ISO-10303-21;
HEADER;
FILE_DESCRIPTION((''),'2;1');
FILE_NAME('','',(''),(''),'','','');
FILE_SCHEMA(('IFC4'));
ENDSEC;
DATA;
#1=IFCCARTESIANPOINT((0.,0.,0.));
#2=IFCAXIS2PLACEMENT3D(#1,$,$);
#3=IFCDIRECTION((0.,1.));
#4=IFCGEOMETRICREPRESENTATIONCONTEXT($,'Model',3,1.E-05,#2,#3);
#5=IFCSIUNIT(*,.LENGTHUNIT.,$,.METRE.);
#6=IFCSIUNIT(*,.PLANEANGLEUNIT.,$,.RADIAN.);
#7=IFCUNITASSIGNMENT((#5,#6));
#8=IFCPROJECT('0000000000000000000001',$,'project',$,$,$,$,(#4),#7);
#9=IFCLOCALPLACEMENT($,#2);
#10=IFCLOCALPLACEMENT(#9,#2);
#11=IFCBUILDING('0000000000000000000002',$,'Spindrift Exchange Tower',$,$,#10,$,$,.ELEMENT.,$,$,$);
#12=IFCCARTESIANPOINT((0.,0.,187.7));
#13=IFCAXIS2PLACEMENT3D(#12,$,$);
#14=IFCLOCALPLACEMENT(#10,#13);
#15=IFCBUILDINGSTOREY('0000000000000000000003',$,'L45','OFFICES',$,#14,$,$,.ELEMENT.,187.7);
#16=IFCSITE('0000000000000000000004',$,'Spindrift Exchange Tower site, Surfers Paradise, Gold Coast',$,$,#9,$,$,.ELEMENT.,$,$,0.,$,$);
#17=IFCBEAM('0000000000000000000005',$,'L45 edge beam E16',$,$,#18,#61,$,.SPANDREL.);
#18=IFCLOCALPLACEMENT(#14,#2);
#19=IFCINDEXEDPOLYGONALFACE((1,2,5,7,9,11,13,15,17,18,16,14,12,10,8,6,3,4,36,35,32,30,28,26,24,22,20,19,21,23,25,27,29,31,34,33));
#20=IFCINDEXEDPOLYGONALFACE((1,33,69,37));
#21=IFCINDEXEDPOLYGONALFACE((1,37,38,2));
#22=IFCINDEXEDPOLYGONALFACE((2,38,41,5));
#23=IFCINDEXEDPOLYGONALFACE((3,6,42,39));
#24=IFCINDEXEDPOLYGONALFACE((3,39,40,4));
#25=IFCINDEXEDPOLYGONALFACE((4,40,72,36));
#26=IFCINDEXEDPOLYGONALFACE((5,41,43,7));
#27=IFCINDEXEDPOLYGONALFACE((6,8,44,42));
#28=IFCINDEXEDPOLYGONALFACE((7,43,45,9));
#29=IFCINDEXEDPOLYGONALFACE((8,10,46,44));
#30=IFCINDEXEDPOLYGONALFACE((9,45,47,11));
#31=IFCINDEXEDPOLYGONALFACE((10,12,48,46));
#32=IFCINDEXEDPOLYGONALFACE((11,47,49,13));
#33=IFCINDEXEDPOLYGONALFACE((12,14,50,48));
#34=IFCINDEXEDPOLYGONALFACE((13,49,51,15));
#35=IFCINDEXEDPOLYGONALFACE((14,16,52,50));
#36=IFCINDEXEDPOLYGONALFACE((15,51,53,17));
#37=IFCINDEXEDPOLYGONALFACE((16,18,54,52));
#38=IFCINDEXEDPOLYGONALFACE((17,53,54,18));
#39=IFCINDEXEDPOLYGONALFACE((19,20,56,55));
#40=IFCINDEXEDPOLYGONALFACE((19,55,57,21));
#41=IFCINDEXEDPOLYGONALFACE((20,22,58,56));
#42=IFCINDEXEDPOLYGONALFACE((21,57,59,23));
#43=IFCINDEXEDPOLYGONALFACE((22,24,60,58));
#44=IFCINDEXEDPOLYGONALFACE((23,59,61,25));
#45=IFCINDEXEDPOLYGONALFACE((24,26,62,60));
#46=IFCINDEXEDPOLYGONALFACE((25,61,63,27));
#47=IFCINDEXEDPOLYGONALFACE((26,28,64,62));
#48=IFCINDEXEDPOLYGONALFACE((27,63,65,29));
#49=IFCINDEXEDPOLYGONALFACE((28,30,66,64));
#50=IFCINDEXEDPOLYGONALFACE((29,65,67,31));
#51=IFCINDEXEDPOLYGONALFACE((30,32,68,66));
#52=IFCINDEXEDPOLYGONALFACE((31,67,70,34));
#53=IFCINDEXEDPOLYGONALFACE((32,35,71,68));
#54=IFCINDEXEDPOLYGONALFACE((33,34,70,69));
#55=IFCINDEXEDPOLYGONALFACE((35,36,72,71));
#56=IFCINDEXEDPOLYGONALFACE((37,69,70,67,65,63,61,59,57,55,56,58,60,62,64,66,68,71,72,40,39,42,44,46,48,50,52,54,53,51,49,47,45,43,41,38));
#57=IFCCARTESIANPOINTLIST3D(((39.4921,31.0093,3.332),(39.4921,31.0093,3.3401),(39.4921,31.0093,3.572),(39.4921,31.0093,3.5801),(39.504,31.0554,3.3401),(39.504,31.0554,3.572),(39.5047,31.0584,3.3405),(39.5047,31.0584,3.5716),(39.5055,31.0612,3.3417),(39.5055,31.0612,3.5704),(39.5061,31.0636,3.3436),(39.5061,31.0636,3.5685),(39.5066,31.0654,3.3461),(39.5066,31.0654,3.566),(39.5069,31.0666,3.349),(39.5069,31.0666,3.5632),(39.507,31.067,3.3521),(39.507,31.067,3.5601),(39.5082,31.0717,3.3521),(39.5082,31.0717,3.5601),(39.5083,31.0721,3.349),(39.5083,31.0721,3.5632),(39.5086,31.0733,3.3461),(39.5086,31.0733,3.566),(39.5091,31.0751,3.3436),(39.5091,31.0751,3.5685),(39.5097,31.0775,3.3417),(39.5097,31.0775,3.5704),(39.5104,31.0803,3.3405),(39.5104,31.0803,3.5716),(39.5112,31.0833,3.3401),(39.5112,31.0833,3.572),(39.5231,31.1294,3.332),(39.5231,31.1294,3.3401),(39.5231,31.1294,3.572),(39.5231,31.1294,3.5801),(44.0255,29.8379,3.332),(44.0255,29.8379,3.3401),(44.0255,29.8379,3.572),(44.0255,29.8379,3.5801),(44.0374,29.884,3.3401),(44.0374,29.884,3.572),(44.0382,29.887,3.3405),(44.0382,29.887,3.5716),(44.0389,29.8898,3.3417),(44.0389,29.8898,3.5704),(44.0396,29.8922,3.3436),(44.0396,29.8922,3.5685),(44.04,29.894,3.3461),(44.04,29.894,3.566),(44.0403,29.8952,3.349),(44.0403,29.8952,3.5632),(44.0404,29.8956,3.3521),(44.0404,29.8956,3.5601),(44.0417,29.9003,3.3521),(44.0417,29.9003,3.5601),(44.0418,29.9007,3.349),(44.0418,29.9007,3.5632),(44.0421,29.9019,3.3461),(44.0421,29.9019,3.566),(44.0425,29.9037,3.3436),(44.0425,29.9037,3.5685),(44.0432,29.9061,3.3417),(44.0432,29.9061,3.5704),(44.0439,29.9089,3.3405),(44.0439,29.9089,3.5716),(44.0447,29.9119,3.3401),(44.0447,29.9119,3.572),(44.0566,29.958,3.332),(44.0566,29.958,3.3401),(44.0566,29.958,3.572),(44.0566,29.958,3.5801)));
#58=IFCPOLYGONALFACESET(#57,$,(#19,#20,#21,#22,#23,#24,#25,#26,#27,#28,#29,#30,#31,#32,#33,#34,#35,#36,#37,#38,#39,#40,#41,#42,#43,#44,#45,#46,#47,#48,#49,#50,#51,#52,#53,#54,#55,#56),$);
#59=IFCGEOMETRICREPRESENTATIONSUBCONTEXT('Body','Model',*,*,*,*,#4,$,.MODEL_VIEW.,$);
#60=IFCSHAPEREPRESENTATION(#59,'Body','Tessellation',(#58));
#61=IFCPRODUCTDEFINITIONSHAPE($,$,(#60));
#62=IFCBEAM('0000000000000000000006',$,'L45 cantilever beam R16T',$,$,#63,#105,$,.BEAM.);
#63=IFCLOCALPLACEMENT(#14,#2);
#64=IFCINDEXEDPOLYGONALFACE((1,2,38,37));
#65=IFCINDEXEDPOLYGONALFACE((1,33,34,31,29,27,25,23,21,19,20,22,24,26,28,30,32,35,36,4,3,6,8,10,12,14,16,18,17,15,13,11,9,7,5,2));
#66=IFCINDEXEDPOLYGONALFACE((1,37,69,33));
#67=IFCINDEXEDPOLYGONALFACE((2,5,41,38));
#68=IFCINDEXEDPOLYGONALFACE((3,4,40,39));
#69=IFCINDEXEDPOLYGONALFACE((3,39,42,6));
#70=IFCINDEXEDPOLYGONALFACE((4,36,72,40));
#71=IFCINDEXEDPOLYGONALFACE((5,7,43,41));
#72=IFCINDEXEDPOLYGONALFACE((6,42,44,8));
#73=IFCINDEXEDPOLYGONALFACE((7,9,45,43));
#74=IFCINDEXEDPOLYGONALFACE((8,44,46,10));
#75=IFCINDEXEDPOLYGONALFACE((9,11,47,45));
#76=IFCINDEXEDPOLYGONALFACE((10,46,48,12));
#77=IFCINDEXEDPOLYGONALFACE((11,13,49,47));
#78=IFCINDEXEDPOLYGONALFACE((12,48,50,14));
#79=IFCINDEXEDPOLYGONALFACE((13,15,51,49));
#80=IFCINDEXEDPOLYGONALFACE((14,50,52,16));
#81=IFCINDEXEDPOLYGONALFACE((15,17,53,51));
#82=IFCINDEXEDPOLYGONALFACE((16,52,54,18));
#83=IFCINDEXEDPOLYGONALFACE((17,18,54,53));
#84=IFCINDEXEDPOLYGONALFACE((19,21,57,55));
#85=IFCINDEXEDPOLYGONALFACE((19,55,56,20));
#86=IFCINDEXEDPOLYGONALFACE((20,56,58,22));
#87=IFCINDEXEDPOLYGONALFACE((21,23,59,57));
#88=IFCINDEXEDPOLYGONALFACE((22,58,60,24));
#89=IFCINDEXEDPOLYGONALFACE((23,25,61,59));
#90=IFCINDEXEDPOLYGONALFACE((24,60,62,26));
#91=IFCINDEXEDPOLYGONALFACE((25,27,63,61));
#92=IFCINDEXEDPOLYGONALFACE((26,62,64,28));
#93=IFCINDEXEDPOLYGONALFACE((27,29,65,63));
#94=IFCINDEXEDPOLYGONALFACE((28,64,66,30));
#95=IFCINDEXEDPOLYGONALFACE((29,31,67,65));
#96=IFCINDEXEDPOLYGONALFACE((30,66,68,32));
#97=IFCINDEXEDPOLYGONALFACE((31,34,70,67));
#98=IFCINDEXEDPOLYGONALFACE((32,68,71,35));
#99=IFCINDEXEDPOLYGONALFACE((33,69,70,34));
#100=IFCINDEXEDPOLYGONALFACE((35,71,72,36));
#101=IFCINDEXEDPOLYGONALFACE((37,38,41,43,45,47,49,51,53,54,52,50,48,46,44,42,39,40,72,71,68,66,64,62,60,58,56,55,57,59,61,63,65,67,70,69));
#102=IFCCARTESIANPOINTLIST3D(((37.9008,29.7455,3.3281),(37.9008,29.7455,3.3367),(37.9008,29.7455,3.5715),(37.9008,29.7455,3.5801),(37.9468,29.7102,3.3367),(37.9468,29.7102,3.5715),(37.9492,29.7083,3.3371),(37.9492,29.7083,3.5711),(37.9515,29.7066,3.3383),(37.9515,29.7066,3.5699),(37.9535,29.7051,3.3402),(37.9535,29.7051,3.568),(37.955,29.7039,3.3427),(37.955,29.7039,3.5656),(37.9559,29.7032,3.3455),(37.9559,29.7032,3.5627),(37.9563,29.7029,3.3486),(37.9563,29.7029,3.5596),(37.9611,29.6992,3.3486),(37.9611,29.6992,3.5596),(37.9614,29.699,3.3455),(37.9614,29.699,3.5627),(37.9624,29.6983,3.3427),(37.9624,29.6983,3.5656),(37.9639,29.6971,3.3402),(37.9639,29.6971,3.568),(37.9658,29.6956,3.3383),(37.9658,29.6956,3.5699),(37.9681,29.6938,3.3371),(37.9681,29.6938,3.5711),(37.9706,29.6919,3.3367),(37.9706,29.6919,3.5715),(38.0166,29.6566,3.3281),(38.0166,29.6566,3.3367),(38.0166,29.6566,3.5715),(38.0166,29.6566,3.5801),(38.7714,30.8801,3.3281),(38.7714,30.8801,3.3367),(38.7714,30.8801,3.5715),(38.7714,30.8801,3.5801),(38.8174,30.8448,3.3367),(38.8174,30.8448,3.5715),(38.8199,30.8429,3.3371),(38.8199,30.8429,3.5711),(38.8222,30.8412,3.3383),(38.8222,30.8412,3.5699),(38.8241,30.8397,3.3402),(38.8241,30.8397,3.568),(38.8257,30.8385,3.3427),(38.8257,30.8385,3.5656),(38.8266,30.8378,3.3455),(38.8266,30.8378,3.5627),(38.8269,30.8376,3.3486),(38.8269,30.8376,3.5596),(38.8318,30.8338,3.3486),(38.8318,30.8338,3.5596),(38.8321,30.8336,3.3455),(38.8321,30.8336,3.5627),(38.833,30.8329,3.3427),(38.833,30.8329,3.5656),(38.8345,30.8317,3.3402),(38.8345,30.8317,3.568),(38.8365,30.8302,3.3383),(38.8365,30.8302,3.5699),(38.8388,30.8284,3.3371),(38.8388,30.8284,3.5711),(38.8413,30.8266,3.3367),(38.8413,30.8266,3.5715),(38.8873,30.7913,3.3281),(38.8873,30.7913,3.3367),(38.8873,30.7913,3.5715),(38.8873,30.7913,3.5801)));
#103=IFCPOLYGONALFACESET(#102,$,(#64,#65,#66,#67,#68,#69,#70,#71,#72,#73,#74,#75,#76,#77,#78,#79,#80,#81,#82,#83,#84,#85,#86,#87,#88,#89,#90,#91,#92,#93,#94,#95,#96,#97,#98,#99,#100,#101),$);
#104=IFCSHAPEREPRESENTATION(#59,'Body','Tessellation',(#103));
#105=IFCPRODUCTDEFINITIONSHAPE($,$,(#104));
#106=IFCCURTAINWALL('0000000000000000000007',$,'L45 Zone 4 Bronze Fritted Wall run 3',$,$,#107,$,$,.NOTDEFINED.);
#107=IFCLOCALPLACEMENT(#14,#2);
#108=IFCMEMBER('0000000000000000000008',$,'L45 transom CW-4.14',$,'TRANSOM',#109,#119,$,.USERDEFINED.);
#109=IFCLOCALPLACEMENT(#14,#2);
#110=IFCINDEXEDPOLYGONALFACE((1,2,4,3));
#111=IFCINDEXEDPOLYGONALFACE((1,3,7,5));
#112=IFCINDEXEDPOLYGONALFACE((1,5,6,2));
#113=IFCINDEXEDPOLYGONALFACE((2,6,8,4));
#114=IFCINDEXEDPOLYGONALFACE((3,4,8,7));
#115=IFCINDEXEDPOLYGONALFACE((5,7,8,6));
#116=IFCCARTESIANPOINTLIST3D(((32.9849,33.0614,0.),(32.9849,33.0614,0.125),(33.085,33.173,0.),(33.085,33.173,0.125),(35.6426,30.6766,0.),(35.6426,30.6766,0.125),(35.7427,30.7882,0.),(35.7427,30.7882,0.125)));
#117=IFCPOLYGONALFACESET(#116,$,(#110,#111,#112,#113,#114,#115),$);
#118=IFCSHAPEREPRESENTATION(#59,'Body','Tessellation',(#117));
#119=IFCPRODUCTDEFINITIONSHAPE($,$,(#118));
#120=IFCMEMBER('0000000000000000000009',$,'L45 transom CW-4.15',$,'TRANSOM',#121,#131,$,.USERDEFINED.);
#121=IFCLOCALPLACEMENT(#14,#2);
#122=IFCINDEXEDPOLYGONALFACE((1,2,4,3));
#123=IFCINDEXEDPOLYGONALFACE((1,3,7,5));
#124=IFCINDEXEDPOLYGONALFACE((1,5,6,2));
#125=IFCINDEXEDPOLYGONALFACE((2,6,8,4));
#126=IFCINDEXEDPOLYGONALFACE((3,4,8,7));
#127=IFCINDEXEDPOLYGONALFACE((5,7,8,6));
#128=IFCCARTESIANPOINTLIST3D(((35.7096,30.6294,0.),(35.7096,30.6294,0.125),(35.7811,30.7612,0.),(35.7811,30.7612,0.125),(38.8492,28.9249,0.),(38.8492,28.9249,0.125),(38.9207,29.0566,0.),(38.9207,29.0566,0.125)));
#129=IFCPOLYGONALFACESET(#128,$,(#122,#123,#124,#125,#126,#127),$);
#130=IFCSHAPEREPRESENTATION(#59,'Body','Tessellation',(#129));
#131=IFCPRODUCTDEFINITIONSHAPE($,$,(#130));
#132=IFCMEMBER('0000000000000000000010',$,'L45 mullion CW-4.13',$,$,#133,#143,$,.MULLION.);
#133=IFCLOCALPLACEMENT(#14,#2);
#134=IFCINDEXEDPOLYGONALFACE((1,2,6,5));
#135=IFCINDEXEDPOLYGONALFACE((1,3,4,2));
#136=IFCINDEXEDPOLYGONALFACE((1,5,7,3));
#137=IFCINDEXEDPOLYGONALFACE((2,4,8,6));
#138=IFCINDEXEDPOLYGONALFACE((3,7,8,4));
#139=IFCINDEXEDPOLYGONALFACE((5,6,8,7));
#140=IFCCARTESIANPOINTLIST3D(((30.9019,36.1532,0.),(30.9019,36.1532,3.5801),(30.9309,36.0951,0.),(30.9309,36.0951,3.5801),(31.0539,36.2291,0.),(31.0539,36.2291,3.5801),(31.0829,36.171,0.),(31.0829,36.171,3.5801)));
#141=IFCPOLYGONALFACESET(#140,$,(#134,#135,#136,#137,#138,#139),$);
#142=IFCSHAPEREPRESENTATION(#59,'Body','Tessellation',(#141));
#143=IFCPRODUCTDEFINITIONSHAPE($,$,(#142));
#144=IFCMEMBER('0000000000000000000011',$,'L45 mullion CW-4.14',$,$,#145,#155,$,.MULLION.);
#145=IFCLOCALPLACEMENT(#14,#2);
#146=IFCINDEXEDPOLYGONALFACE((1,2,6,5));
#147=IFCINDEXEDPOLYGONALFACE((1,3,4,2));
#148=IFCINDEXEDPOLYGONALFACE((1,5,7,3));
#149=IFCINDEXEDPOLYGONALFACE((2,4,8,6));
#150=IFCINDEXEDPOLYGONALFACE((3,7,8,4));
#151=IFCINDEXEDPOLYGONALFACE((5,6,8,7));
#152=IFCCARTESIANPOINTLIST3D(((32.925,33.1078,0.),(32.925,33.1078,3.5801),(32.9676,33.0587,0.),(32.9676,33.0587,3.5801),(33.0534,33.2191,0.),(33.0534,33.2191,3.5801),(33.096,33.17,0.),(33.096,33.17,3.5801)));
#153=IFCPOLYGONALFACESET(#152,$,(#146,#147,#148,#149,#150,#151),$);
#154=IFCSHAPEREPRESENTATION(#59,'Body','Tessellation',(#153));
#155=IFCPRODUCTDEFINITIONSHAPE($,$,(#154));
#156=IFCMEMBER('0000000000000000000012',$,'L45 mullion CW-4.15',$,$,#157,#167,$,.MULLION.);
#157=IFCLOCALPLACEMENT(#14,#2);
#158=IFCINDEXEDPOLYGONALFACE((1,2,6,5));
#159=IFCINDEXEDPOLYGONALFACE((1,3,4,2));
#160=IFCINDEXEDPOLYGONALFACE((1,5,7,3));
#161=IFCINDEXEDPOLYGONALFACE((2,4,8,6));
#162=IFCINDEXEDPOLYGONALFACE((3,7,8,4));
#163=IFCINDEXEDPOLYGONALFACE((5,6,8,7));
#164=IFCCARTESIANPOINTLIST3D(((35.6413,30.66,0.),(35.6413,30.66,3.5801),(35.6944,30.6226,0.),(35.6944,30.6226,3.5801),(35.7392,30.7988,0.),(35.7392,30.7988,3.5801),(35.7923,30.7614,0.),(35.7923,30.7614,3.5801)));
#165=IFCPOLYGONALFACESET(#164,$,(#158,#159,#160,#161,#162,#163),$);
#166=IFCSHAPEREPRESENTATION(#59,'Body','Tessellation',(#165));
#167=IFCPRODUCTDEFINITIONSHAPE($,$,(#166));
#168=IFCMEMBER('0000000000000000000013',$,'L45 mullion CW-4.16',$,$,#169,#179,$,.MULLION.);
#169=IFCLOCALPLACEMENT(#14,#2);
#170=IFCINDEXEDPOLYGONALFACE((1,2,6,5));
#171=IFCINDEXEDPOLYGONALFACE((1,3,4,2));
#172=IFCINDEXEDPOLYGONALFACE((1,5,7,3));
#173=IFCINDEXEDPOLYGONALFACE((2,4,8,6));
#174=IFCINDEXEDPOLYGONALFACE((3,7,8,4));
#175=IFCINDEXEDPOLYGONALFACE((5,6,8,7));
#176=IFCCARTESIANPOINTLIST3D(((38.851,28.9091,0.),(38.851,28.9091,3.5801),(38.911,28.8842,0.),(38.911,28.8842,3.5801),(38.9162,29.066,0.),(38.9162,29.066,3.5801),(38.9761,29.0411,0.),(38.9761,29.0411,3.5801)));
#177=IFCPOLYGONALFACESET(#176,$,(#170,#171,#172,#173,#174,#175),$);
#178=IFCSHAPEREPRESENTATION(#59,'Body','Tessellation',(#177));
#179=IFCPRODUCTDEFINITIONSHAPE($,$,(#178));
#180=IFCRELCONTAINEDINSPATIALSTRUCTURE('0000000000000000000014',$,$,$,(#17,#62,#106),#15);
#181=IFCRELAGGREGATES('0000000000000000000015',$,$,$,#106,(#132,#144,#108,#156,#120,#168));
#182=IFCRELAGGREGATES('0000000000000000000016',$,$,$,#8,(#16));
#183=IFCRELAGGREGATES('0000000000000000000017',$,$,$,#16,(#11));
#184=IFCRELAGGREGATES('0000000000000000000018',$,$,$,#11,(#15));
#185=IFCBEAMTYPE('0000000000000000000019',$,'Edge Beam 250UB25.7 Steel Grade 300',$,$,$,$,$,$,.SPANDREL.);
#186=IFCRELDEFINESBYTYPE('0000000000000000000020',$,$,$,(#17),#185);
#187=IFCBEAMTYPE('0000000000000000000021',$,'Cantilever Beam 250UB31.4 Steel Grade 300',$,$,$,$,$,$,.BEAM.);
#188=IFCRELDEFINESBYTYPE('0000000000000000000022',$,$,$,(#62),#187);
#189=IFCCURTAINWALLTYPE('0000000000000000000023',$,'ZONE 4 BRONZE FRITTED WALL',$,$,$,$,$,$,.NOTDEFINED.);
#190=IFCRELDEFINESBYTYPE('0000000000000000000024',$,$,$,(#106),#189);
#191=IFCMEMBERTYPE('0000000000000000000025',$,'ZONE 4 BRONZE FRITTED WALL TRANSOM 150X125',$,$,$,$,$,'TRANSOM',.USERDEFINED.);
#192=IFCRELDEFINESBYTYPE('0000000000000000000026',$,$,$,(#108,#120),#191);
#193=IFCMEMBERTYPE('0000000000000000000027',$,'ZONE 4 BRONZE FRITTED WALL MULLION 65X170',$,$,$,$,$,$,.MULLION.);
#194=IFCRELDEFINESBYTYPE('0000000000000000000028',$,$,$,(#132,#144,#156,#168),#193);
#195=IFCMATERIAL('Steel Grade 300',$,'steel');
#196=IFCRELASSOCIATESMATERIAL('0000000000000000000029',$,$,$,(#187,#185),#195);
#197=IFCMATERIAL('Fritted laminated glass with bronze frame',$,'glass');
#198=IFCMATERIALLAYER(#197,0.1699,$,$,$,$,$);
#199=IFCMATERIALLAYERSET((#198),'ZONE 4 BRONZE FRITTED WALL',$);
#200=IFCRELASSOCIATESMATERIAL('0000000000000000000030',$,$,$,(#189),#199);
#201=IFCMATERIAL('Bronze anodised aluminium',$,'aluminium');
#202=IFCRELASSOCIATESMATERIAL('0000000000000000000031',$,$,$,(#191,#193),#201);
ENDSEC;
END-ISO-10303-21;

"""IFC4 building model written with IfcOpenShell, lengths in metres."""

from ifc_helpers import new_model, si_unit, direction, frame, origin, origin_2d, place, context, subcontext, project, spatial, rectangle, i_section, extrude, source, transform, mapped, material, layer, layer_set, material_profile, profile_set, type_object, element, aggregate, save


model = new_model("IFC4")

# Units and contexts
model_context = context("Model", 3, precision=1e-05, world=origin(), true_north=direction((0.0, 1.0)))
body_context = subcontext(model_context, "Body", "Model", "MODEL_VIEW")
ifc_project = project(units=[si_unit("LENGTHUNIT", "METRE"), si_unit("PLANEANGLEUNIT", "RADIAN")], contexts=[model_context])

# Site, building, storey
site_placement = place(None, origin())
site = spatial("IfcSite", under=ifc_project, at=site_placement, Name="Spindrift Exchange Tower site, Surfers Paradise, Gold Coast", CompositionType="ELEMENT", RefElevation=0.0)
building_placement = place(site_placement, origin())
building = spatial("IfcBuilding", under=site, at=building_placement, Name="Spindrift Exchange Tower", CompositionType="ELEMENT")
storey_placement = place(building_placement, frame((0.0, 0.0, 187.7)))
storey = spatial("IfcBuildingStorey", under=building, at=storey_placement, Name="L45", Description="OFFICES", CompositionType="ELEMENT", Elevation=187.7)

# Beams
ifc_material_1 = material(Name="Steel Grade 300", Category="steel")
ifc_material_profile_1 = material_profile(ifc_material_1, i_section(OverallWidth=0.146, OverallDepth=0.252, WebThickness=0.0061, FlangeThickness=0.0085, FilletRadius=0.012, at=origin_2d()), Name="250UB31.4")
ifc_profile_set_1 = profile_set([ifc_material_profile_1], Name="Steel Grade 300")
beam_type_1 = type_object("IfcBeamType", Name="Cantilever Beam 250UB31.4 Steel Grade 300", PredefinedType="BEAM", material=ifc_profile_set_1)
ifc_material_profile_2 = material_profile(ifc_material_1, i_section(OverallWidth=0.124, OverallDepth=0.248, WebThickness=0.0049, FlangeThickness=0.0081, FilletRadius=0.012, at=origin_2d()), Name="250UB25.7")
ifc_profile_set_2 = profile_set([ifc_material_profile_2], Name="Steel Grade 300")
beam_type_2 = type_object("IfcBeamType", Name="Edge Beam 250UB25.7 Steel Grade 300", PredefinedType="SPANDREL", material=ifc_profile_set_2)
shared_shape_1 = source(origin(), body_context, "Body", "SweptSolid", [
    extrude(i_section(OverallWidth=0.124, OverallDepth=0.248, WebThickness=0.0049, FlangeThickness=0.0081, FilletRadius=0.012, at=origin_2d()), origin(), (0.0, 0.0, 1.0), 4.6824),
])
beam_1_placement = place(storey_placement, frame((39.5076, 31.0693, 3.4561), z_axis=(0.968202, -0.250171, 0.0), x_axis=(0.250171, 0.968202, 0.0)))
element("IfcBeam", 1, at=beam_1_placement, inside=storey, type_object=beam_type_2, Name="L45 edge beam E16", PredefinedType="SPANDREL", context=body_context, shape_type="MappedRepresentation", body=[
    mapped(shared_shape_1, transform((0.0, 0.0, 0.0), scale=1.0)),
])
shared_shape_2 = source(origin(), body_context, "Body", "SweptSolid", [
    extrude(i_section(OverallWidth=0.146, OverallDepth=0.252, WebThickness=0.0061, FlangeThickness=0.0085, FilletRadius=0.012, at=origin_2d()), origin(), (0.0, 0.0, 1.0), 1.4302),
])
beam_2_placement = place(storey_placement, frame((38.8293, 30.8357, 3.4541), z_axis=(-0.608786, -0.793334, 0.0), x_axis=(0.793334, -0.608786, 0.0)))
element("IfcBeam", 2, at=beam_2_placement, inside=storey, type_object=beam_type_1, Name="L45 cantilever beam R16T", PredefinedType="BEAM", context=body_context, shape_type="MappedRepresentation", body=[
    mapped(shared_shape_2, transform((0.0, 0.0, 0.0), scale=1.0)),
])

# Curtain wall, members
ifc_material_2 = material(Name="Fritted laminated glass with bronze frame", Category="glass")
ifc_layer_1 = layer(ifc_material_2, 0.1699)
ifc_layer_set_1 = layer_set([ifc_layer_1], Name="ZONE 4 BRONZE FRITTED WALL")
curtain_wall_type = type_object("IfcCurtainWallType", Name="ZONE 4 BRONZE FRITTED WALL", PredefinedType="NOTDEFINED", material=ifc_layer_set_1)
curtain_wall_placement = place(storey_placement, origin())
curtain_wall = element("IfcCurtainWall", 3, at=curtain_wall_placement, inside=storey, type_object=curtain_wall_type, Name="L45 Zone 4 Bronze Fritted Wall run 3", PredefinedType="NOTDEFINED")
ifc_material_3 = material(Name="Bronze anodised aluminium", Category="aluminium")
ifc_material_profile_3 = material_profile(ifc_material_3, rectangle(XDim=0.1499, YDim=0.125, at=origin_2d()), Name="ZONE 4 BRONZE FRITTED WALL TRANSOM 150X125")
ifc_profile_set_3 = profile_set([ifc_material_profile_3], Name="Bronze anodised aluminium")
member_type_1 = type_object("IfcMemberType", Name="ZONE 4 BRONZE FRITTED WALL TRANSOM 150X125", ElementType="TRANSOM", PredefinedType="USERDEFINED", material=ifc_profile_set_3)
shared_shape_3 = source(origin(), body_context, "Body", "SweptSolid", [
    extrude(rectangle(XDim=0.1499, YDim=0.125, at=origin_2d()), origin(), (0.0, 0.0, 1.0), 3.5708),
])
member_1_placement = place(storey_placement, frame((33.0349, 33.1172, 0.0625), z_axis=(0.744293, -0.667853, 0.0), x_axis=(0.667853, 0.744293, 0.0)))
member_1 = element("IfcMember", 4, at=member_1_placement, type_object=member_type_1, Name="L45 transom CW-4.14", ObjectType="TRANSOM", PredefinedType="USERDEFINED", context=body_context, shape_type="MappedRepresentation", body=[
    mapped(shared_shape_3, transform((0.0, 0.0, 0.0), scale=1.0)),
])
shared_shape_4 = source(origin(), body_context, "Body", "SweptSolid", [
    extrude(rectangle(XDim=0.1499, YDim=0.125, at=origin_2d()), origin(), (0.0, 0.0, 1.0), 3.5725),
])
member_2_placement = place(storey_placement, frame((35.7454, 30.6953, 0.0625), z_axis=(0.878829, -0.477137, 0.0), x_axis=(0.477137, 0.878829, 0.0)))
member_2 = element("IfcMember", 5, at=member_2_placement, type_object=member_type_1, Name="L45 transom CW-4.15", ObjectType="TRANSOM", PredefinedType="USERDEFINED", context=body_context, shape_type="MappedRepresentation", body=[
    mapped(shared_shape_4, transform((0.0, 0.0, 0.0), scale=1.0)),
])
ifc_material_profile_4 = material_profile(ifc_material_3, rectangle(XDim=0.0649, YDim=0.1699, at=origin_2d()), Name="ZONE 4 BRONZE FRITTED WALL MULLION 65X170")
ifc_profile_set_4 = profile_set([ifc_material_profile_4], Name="Bronze anodised aluminium")
member_type_2 = type_object("IfcMemberType", Name="ZONE 4 BRONZE FRITTED WALL MULLION 65X170", PredefinedType="MULLION", material=ifc_profile_set_4)
shared_shape_5 = source(origin(), body_context, "Body", "SweptSolid", [
    extrude(rectangle(XDim=0.0649, YDim=0.1699, at=origin_2d()), origin(), (0.0, 0.0, 1.0), 3.5801),
])
member_3_placement = place(storey_placement, frame((30.9924, 36.1621, 0.0), z_axis=(0.0, 0.0, 1.0), x_axis=(0.446747, -0.89466, 0.0)))
member_3 = element("IfcMember", 6, at=member_3_placement, type_object=member_type_2, Name="L45 mullion CW-4.13", PredefinedType="MULLION", context=body_context, shape_type="MappedRepresentation", body=[
    mapped(shared_shape_5, transform((0.0, 0.0, 0.0), scale=1.0)),
])
member_4_placement = place(storey_placement, frame((33.0105, 33.1389, 0.0), z_axis=(0.0, 0.0, 1.0), x_axis=(0.654902, -0.755714, 0.0)))
member_4 = element("IfcMember", 7, at=member_4_placement, type_object=member_type_2, Name="L45 mullion CW-4.14", PredefinedType="MULLION", context=body_context, shape_type="MappedRepresentation", body=[
    mapped(shared_shape_5, transform((0.0, 0.0, 0.0), scale=1.0)),
])
member_5_placement = place(storey_placement, frame((35.7168, 30.7107, 0.0), z_axis=(0.0, 0.0, 1.0), x_axis=(0.817157, -0.576415, 0.0)))
member_5 = element("IfcMember", 8, at=member_5_placement, type_object=member_type_2, Name="L45 mullion CW-4.15", PredefinedType="MULLION", context=body_context, shape_type="MappedRepresentation", body=[
    mapped(shared_shape_5, transform((0.0, 0.0, 0.0), scale=1.0)),
])
member_6_placement = place(storey_placement, frame((38.9136, 28.9751, 0.0), z_axis=(0.0, 0.0, 1.0), x_axis=(0.923563, -0.383446, 0.0)))
member_6 = element("IfcMember", 9, at=member_6_placement, type_object=member_type_2, Name="L45 mullion CW-4.16", PredefinedType="MULLION", context=body_context, shape_type="MappedRepresentation", body=[
    mapped(shared_shape_5, transform((0.0, 0.0, 0.0), scale=1.0)),
])

aggregate(curtain_wall, [member_3, member_4, member_1, member_5, member_2, member_6])

save(model, "model.ifc")
